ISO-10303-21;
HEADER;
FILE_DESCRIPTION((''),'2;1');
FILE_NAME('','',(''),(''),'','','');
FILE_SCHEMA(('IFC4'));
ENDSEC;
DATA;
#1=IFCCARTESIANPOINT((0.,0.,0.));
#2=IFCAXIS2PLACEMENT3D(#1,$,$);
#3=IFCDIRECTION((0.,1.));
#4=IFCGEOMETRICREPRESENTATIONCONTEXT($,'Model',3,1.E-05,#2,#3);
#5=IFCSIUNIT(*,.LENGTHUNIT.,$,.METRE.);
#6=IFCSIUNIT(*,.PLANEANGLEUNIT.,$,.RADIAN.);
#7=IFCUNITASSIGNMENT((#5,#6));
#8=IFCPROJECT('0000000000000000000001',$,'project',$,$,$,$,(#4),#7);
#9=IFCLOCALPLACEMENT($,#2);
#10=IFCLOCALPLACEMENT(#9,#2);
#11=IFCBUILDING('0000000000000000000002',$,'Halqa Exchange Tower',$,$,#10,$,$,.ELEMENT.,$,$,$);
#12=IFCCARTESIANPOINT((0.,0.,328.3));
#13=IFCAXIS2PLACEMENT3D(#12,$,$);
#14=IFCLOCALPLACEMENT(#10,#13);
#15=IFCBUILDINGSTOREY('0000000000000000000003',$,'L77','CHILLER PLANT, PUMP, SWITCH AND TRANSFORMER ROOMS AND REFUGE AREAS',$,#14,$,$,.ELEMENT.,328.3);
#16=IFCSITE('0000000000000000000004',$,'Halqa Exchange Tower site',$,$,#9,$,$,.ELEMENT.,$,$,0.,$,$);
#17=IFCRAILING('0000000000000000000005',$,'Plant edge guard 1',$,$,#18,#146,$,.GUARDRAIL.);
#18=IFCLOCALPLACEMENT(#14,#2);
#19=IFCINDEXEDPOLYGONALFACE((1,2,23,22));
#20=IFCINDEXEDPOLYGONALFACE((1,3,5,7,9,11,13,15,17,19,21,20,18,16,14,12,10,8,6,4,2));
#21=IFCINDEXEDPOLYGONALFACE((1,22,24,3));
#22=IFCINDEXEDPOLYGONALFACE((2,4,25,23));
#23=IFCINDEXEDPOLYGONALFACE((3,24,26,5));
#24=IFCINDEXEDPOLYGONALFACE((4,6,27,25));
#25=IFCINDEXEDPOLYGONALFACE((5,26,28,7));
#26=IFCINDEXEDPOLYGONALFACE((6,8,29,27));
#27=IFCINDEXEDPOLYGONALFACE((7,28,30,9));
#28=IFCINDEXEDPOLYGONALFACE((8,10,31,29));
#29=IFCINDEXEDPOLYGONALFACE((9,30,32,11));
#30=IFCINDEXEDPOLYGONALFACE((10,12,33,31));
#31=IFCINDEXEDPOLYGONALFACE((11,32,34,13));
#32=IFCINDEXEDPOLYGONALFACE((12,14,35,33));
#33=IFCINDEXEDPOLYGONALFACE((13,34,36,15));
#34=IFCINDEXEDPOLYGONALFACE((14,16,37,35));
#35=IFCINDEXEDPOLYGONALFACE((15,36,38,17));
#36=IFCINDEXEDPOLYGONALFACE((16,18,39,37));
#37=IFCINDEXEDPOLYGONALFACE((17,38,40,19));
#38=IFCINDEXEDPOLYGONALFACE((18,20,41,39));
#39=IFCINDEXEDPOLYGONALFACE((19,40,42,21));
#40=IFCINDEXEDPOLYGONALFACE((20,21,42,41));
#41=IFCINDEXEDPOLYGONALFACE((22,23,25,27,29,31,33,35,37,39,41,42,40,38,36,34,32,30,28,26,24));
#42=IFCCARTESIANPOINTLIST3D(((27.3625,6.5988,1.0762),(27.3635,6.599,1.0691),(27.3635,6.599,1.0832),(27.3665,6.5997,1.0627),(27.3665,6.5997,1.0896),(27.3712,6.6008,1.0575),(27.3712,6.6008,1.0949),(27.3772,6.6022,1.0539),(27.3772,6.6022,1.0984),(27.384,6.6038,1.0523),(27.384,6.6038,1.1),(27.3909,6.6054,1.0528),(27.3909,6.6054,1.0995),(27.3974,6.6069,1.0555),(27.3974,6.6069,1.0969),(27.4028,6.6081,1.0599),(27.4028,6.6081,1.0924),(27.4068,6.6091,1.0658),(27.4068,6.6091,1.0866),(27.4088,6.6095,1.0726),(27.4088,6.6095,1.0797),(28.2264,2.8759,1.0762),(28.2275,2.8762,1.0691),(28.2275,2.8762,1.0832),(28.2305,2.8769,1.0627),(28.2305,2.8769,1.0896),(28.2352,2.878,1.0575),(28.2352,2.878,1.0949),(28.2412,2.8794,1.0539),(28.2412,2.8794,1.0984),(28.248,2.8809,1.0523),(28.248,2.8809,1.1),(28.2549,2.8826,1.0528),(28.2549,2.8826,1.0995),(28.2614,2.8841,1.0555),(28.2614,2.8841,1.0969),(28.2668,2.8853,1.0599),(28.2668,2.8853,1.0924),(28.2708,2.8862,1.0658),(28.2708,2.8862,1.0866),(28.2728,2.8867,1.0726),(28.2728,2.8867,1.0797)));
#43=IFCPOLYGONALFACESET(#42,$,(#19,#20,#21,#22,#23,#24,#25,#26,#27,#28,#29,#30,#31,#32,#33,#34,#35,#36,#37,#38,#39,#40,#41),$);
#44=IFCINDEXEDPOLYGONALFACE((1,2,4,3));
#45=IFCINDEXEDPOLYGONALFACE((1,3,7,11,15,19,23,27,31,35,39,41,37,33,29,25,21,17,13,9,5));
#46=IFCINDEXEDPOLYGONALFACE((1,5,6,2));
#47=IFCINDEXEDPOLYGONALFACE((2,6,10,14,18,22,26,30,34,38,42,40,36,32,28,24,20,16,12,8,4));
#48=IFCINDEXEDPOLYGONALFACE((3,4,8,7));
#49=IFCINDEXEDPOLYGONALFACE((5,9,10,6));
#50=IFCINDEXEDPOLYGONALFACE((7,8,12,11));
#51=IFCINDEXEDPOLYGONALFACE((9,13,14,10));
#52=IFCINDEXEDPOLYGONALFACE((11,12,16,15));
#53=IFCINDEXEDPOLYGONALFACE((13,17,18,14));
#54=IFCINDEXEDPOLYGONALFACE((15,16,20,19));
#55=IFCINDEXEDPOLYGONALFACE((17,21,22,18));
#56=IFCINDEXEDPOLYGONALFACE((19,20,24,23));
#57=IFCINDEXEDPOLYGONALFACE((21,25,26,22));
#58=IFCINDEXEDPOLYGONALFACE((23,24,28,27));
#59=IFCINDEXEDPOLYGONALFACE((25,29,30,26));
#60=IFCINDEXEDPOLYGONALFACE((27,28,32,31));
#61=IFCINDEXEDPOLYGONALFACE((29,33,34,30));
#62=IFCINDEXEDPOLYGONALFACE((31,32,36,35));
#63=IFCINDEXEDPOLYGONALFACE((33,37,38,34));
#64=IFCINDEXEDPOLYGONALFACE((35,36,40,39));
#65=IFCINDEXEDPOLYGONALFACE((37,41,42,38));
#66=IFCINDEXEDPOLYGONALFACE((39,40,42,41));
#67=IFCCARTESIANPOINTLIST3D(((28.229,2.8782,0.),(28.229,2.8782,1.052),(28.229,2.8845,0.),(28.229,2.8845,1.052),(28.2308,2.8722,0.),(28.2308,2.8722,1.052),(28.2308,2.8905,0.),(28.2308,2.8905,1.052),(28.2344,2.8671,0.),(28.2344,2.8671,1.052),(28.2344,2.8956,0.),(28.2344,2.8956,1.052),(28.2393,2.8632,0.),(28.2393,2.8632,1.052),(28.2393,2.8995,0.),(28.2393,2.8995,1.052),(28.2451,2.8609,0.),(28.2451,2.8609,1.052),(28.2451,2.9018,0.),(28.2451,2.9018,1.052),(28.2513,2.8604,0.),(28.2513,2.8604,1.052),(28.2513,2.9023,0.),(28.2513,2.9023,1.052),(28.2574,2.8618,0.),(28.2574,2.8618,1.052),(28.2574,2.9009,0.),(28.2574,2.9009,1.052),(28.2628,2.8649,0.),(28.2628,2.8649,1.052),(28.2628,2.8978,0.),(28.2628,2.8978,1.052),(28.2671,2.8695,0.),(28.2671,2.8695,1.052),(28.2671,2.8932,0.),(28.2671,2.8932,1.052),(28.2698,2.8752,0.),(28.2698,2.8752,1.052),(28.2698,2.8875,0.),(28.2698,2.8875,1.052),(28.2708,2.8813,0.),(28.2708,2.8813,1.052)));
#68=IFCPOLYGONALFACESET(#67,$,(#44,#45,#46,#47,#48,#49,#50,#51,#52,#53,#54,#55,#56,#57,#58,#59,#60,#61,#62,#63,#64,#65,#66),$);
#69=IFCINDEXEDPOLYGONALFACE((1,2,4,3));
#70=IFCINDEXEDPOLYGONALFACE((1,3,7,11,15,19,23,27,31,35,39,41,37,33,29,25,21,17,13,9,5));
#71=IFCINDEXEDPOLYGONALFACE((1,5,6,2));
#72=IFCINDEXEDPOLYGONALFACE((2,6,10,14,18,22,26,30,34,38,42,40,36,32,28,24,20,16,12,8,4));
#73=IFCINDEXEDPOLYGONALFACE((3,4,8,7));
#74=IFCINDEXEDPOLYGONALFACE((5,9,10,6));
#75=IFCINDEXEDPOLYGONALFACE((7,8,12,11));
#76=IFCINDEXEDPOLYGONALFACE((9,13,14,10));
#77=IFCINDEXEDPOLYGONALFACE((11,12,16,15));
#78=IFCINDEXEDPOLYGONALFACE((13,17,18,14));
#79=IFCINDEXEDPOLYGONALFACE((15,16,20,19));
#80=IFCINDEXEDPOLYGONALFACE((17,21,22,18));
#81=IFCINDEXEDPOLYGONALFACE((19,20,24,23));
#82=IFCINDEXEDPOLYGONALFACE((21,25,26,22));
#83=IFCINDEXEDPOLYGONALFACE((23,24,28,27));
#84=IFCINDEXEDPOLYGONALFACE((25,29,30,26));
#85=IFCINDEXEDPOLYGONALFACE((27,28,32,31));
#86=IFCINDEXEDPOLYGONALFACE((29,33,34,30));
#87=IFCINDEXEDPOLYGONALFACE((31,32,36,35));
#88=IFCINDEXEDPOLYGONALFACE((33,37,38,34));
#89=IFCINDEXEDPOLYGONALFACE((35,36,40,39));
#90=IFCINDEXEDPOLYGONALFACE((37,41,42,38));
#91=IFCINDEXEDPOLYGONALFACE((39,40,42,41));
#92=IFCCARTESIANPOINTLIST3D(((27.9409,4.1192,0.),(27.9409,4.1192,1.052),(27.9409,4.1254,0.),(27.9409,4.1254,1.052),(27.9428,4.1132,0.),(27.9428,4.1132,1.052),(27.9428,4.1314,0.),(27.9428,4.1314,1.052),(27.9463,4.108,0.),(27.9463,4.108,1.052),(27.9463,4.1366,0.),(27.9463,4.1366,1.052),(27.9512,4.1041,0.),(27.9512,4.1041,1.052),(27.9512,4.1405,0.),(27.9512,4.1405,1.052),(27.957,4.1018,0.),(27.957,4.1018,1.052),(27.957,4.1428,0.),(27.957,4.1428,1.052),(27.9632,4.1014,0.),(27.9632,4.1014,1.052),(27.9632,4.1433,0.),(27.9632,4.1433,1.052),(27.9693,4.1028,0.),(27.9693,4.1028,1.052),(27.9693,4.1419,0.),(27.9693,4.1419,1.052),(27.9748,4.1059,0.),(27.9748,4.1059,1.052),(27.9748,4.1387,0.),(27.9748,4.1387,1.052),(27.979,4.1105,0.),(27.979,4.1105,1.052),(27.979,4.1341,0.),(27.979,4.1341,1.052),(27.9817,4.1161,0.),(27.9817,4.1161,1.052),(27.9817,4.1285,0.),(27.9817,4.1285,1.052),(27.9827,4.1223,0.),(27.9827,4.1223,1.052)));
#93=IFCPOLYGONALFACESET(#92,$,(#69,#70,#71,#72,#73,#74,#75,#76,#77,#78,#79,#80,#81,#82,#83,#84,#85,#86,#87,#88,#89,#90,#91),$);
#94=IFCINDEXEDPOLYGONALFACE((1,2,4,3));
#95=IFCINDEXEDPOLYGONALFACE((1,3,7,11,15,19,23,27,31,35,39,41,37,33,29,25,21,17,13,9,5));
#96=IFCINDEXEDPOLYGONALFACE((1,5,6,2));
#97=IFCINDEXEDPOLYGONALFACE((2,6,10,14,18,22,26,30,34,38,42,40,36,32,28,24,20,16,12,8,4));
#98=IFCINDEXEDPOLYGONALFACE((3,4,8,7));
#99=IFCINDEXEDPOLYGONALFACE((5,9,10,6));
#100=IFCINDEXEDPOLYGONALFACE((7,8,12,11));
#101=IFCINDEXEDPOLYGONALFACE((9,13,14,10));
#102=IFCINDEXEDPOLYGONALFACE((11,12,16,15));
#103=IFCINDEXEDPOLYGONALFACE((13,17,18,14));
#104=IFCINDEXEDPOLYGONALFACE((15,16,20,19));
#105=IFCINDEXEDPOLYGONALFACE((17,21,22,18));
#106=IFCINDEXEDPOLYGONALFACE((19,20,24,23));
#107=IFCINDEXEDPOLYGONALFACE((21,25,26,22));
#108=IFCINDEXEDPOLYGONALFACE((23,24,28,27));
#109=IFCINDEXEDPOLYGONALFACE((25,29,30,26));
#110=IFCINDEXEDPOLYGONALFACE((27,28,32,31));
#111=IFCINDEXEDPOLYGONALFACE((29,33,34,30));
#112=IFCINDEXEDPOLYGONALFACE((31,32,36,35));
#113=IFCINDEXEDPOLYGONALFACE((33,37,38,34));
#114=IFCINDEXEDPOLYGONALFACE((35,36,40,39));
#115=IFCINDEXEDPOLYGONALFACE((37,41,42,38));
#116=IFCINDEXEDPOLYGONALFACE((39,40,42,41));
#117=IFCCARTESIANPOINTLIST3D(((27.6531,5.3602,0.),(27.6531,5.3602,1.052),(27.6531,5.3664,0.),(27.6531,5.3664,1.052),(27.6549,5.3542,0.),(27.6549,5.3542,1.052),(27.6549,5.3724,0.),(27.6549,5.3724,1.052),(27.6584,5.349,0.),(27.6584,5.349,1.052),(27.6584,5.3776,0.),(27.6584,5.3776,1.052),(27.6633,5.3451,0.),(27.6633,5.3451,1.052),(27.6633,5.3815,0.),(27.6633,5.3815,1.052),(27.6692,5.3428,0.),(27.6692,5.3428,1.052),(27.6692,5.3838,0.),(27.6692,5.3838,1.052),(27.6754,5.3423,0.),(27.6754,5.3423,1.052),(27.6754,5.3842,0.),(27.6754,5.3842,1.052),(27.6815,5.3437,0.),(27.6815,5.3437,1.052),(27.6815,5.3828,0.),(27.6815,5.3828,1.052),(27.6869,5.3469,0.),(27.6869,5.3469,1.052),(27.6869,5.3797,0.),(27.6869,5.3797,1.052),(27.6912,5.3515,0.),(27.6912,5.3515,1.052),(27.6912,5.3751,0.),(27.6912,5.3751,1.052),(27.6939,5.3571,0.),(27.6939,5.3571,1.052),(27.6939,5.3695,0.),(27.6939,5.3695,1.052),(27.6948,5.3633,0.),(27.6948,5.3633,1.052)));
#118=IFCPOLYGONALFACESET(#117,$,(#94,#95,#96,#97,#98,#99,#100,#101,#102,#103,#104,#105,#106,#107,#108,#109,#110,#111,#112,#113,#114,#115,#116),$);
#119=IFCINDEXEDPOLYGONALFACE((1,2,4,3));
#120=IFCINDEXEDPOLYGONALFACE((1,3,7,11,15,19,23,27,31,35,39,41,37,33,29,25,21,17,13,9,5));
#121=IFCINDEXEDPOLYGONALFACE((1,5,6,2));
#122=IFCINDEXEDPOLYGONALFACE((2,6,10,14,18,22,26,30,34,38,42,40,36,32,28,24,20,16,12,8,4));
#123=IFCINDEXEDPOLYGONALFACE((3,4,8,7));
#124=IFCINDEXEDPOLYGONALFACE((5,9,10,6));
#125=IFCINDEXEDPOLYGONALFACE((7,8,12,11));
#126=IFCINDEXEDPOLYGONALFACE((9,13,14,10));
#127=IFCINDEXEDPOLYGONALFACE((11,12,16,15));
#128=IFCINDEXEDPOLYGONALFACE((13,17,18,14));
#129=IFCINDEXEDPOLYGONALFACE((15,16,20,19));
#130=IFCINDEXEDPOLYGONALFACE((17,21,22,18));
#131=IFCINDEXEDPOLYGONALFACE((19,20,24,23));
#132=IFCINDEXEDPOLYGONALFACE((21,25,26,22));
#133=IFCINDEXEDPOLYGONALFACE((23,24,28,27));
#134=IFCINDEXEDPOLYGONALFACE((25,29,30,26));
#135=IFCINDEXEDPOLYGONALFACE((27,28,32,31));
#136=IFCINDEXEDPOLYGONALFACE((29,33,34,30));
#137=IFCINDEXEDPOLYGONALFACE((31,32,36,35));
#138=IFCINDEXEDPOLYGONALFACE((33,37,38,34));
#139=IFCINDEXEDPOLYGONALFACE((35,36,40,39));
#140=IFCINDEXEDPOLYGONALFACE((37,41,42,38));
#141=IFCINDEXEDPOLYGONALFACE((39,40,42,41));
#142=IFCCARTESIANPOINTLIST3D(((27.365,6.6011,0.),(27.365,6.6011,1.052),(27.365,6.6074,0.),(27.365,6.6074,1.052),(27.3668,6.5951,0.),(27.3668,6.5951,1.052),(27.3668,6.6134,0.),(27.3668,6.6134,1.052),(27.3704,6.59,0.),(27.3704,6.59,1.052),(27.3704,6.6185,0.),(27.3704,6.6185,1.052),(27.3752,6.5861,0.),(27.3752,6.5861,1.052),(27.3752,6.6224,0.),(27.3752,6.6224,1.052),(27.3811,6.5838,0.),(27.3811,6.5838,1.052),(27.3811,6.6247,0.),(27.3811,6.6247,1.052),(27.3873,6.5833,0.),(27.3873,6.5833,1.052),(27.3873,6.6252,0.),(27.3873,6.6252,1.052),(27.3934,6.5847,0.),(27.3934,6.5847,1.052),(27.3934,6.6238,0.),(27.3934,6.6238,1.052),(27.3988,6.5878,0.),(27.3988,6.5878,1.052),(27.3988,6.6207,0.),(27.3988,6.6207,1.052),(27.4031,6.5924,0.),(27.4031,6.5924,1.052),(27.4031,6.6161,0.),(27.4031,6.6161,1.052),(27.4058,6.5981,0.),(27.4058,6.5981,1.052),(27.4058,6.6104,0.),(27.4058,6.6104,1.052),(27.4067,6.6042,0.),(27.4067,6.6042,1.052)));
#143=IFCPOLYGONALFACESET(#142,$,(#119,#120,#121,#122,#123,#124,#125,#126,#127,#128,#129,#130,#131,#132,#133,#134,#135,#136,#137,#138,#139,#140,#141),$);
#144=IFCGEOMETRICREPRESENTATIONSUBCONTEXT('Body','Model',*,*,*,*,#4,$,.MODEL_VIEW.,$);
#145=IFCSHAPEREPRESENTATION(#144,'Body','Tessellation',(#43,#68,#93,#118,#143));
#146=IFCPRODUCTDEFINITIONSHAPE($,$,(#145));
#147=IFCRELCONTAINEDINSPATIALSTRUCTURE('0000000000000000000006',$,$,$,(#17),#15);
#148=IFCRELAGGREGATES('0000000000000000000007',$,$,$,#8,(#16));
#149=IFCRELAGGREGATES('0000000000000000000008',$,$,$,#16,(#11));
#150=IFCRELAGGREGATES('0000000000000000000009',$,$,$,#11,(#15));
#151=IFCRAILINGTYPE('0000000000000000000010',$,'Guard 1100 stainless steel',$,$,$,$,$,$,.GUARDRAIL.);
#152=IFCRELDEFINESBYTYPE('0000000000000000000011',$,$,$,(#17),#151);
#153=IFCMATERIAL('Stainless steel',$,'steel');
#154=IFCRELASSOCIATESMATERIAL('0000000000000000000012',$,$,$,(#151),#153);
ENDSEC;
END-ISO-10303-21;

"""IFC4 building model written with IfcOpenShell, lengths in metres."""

from ifc_helpers import new_model, si_unit, direction, frame, origin, origin_2d, place, context, subcontext, project, spatial, circle, extrude, material, type_object, element, save


model = new_model("IFC4")

# Units and contexts
model_context = context("Model", 3, precision=1e-05, world=origin(), true_north=direction((0.0, 1.0)))
body_context = subcontext(model_context, "Body", "Model", "MODEL_VIEW")
ifc_project = project(units=[si_unit("LENGTHUNIT", "METRE"), si_unit("PLANEANGLEUNIT", "RADIAN")], contexts=[model_context])

# Site, building, storey
site_placement = place(None, origin())
site = spatial("IfcSite", under=ifc_project, at=site_placement, Name="Halqa Exchange Tower site", CompositionType="ELEMENT", RefElevation=0.0)
building_placement = place(site_placement, origin())
building = spatial("IfcBuilding", under=site, at=building_placement, Name="Halqa Exchange Tower", CompositionType="ELEMENT")
storey_placement = place(building_placement, frame((0.0, 0.0, 328.3)))
storey = spatial("IfcBuildingStorey", under=building, at=storey_placement, Name="L77", Description="CHILLER PLANT, PUMP, SWITCH AND TRANSFORMER ROOMS AND REFUGE AREAS", CompositionType="ELEMENT", Elevation=328.3)

# Railing
ifc_material_1 = material(Name="Stainless steel", Category="steel")
railing_type = type_object("IfcRailingType", Name="Guard 1100 stainless steel", PredefinedType="GUARDRAIL", material=ifc_material_1)
railing_1_placement = place(storey_placement, frame((28.2498, 2.8813, 0.0)))
element("IfcRailing", 1, at=railing_1_placement, inside=storey, type_object=railing_type, Name="Plant edge guard 1", PredefinedType="GUARDRAIL", context=body_context, shape_type="SweptSolid", body=[
    extrude(circle(Radius=0.0239, at=origin_2d()), frame((0.0, 0.0, 1.0762), z_axis=(-0.226072, 0.974111, 0.0), x_axis=(-0.974111, -0.226072, 0.0)), (0.0, 0.0, 1.0), 3.8218),
    extrude(circle(Radius=0.021, at=origin_2d()), origin(), (0.0, 0.0, 1.0), 1.052),
    extrude(circle(Radius=0.021, at=origin_2d()), frame((-0.2881, 1.241, 0.0)), (0.0, 0.0, 1.0), 1.052),
    extrude(circle(Radius=0.021, at=origin_2d()), frame((-0.5759, 2.4819, 0.0)), (0.0, 0.0, 1.0), 1.052),
    extrude(circle(Radius=0.021, at=origin_2d()), frame((-0.864, 3.7229, 0.0)), (0.0, 0.0, 1.0), 1.052),
])

save(model, "model.ifc")
